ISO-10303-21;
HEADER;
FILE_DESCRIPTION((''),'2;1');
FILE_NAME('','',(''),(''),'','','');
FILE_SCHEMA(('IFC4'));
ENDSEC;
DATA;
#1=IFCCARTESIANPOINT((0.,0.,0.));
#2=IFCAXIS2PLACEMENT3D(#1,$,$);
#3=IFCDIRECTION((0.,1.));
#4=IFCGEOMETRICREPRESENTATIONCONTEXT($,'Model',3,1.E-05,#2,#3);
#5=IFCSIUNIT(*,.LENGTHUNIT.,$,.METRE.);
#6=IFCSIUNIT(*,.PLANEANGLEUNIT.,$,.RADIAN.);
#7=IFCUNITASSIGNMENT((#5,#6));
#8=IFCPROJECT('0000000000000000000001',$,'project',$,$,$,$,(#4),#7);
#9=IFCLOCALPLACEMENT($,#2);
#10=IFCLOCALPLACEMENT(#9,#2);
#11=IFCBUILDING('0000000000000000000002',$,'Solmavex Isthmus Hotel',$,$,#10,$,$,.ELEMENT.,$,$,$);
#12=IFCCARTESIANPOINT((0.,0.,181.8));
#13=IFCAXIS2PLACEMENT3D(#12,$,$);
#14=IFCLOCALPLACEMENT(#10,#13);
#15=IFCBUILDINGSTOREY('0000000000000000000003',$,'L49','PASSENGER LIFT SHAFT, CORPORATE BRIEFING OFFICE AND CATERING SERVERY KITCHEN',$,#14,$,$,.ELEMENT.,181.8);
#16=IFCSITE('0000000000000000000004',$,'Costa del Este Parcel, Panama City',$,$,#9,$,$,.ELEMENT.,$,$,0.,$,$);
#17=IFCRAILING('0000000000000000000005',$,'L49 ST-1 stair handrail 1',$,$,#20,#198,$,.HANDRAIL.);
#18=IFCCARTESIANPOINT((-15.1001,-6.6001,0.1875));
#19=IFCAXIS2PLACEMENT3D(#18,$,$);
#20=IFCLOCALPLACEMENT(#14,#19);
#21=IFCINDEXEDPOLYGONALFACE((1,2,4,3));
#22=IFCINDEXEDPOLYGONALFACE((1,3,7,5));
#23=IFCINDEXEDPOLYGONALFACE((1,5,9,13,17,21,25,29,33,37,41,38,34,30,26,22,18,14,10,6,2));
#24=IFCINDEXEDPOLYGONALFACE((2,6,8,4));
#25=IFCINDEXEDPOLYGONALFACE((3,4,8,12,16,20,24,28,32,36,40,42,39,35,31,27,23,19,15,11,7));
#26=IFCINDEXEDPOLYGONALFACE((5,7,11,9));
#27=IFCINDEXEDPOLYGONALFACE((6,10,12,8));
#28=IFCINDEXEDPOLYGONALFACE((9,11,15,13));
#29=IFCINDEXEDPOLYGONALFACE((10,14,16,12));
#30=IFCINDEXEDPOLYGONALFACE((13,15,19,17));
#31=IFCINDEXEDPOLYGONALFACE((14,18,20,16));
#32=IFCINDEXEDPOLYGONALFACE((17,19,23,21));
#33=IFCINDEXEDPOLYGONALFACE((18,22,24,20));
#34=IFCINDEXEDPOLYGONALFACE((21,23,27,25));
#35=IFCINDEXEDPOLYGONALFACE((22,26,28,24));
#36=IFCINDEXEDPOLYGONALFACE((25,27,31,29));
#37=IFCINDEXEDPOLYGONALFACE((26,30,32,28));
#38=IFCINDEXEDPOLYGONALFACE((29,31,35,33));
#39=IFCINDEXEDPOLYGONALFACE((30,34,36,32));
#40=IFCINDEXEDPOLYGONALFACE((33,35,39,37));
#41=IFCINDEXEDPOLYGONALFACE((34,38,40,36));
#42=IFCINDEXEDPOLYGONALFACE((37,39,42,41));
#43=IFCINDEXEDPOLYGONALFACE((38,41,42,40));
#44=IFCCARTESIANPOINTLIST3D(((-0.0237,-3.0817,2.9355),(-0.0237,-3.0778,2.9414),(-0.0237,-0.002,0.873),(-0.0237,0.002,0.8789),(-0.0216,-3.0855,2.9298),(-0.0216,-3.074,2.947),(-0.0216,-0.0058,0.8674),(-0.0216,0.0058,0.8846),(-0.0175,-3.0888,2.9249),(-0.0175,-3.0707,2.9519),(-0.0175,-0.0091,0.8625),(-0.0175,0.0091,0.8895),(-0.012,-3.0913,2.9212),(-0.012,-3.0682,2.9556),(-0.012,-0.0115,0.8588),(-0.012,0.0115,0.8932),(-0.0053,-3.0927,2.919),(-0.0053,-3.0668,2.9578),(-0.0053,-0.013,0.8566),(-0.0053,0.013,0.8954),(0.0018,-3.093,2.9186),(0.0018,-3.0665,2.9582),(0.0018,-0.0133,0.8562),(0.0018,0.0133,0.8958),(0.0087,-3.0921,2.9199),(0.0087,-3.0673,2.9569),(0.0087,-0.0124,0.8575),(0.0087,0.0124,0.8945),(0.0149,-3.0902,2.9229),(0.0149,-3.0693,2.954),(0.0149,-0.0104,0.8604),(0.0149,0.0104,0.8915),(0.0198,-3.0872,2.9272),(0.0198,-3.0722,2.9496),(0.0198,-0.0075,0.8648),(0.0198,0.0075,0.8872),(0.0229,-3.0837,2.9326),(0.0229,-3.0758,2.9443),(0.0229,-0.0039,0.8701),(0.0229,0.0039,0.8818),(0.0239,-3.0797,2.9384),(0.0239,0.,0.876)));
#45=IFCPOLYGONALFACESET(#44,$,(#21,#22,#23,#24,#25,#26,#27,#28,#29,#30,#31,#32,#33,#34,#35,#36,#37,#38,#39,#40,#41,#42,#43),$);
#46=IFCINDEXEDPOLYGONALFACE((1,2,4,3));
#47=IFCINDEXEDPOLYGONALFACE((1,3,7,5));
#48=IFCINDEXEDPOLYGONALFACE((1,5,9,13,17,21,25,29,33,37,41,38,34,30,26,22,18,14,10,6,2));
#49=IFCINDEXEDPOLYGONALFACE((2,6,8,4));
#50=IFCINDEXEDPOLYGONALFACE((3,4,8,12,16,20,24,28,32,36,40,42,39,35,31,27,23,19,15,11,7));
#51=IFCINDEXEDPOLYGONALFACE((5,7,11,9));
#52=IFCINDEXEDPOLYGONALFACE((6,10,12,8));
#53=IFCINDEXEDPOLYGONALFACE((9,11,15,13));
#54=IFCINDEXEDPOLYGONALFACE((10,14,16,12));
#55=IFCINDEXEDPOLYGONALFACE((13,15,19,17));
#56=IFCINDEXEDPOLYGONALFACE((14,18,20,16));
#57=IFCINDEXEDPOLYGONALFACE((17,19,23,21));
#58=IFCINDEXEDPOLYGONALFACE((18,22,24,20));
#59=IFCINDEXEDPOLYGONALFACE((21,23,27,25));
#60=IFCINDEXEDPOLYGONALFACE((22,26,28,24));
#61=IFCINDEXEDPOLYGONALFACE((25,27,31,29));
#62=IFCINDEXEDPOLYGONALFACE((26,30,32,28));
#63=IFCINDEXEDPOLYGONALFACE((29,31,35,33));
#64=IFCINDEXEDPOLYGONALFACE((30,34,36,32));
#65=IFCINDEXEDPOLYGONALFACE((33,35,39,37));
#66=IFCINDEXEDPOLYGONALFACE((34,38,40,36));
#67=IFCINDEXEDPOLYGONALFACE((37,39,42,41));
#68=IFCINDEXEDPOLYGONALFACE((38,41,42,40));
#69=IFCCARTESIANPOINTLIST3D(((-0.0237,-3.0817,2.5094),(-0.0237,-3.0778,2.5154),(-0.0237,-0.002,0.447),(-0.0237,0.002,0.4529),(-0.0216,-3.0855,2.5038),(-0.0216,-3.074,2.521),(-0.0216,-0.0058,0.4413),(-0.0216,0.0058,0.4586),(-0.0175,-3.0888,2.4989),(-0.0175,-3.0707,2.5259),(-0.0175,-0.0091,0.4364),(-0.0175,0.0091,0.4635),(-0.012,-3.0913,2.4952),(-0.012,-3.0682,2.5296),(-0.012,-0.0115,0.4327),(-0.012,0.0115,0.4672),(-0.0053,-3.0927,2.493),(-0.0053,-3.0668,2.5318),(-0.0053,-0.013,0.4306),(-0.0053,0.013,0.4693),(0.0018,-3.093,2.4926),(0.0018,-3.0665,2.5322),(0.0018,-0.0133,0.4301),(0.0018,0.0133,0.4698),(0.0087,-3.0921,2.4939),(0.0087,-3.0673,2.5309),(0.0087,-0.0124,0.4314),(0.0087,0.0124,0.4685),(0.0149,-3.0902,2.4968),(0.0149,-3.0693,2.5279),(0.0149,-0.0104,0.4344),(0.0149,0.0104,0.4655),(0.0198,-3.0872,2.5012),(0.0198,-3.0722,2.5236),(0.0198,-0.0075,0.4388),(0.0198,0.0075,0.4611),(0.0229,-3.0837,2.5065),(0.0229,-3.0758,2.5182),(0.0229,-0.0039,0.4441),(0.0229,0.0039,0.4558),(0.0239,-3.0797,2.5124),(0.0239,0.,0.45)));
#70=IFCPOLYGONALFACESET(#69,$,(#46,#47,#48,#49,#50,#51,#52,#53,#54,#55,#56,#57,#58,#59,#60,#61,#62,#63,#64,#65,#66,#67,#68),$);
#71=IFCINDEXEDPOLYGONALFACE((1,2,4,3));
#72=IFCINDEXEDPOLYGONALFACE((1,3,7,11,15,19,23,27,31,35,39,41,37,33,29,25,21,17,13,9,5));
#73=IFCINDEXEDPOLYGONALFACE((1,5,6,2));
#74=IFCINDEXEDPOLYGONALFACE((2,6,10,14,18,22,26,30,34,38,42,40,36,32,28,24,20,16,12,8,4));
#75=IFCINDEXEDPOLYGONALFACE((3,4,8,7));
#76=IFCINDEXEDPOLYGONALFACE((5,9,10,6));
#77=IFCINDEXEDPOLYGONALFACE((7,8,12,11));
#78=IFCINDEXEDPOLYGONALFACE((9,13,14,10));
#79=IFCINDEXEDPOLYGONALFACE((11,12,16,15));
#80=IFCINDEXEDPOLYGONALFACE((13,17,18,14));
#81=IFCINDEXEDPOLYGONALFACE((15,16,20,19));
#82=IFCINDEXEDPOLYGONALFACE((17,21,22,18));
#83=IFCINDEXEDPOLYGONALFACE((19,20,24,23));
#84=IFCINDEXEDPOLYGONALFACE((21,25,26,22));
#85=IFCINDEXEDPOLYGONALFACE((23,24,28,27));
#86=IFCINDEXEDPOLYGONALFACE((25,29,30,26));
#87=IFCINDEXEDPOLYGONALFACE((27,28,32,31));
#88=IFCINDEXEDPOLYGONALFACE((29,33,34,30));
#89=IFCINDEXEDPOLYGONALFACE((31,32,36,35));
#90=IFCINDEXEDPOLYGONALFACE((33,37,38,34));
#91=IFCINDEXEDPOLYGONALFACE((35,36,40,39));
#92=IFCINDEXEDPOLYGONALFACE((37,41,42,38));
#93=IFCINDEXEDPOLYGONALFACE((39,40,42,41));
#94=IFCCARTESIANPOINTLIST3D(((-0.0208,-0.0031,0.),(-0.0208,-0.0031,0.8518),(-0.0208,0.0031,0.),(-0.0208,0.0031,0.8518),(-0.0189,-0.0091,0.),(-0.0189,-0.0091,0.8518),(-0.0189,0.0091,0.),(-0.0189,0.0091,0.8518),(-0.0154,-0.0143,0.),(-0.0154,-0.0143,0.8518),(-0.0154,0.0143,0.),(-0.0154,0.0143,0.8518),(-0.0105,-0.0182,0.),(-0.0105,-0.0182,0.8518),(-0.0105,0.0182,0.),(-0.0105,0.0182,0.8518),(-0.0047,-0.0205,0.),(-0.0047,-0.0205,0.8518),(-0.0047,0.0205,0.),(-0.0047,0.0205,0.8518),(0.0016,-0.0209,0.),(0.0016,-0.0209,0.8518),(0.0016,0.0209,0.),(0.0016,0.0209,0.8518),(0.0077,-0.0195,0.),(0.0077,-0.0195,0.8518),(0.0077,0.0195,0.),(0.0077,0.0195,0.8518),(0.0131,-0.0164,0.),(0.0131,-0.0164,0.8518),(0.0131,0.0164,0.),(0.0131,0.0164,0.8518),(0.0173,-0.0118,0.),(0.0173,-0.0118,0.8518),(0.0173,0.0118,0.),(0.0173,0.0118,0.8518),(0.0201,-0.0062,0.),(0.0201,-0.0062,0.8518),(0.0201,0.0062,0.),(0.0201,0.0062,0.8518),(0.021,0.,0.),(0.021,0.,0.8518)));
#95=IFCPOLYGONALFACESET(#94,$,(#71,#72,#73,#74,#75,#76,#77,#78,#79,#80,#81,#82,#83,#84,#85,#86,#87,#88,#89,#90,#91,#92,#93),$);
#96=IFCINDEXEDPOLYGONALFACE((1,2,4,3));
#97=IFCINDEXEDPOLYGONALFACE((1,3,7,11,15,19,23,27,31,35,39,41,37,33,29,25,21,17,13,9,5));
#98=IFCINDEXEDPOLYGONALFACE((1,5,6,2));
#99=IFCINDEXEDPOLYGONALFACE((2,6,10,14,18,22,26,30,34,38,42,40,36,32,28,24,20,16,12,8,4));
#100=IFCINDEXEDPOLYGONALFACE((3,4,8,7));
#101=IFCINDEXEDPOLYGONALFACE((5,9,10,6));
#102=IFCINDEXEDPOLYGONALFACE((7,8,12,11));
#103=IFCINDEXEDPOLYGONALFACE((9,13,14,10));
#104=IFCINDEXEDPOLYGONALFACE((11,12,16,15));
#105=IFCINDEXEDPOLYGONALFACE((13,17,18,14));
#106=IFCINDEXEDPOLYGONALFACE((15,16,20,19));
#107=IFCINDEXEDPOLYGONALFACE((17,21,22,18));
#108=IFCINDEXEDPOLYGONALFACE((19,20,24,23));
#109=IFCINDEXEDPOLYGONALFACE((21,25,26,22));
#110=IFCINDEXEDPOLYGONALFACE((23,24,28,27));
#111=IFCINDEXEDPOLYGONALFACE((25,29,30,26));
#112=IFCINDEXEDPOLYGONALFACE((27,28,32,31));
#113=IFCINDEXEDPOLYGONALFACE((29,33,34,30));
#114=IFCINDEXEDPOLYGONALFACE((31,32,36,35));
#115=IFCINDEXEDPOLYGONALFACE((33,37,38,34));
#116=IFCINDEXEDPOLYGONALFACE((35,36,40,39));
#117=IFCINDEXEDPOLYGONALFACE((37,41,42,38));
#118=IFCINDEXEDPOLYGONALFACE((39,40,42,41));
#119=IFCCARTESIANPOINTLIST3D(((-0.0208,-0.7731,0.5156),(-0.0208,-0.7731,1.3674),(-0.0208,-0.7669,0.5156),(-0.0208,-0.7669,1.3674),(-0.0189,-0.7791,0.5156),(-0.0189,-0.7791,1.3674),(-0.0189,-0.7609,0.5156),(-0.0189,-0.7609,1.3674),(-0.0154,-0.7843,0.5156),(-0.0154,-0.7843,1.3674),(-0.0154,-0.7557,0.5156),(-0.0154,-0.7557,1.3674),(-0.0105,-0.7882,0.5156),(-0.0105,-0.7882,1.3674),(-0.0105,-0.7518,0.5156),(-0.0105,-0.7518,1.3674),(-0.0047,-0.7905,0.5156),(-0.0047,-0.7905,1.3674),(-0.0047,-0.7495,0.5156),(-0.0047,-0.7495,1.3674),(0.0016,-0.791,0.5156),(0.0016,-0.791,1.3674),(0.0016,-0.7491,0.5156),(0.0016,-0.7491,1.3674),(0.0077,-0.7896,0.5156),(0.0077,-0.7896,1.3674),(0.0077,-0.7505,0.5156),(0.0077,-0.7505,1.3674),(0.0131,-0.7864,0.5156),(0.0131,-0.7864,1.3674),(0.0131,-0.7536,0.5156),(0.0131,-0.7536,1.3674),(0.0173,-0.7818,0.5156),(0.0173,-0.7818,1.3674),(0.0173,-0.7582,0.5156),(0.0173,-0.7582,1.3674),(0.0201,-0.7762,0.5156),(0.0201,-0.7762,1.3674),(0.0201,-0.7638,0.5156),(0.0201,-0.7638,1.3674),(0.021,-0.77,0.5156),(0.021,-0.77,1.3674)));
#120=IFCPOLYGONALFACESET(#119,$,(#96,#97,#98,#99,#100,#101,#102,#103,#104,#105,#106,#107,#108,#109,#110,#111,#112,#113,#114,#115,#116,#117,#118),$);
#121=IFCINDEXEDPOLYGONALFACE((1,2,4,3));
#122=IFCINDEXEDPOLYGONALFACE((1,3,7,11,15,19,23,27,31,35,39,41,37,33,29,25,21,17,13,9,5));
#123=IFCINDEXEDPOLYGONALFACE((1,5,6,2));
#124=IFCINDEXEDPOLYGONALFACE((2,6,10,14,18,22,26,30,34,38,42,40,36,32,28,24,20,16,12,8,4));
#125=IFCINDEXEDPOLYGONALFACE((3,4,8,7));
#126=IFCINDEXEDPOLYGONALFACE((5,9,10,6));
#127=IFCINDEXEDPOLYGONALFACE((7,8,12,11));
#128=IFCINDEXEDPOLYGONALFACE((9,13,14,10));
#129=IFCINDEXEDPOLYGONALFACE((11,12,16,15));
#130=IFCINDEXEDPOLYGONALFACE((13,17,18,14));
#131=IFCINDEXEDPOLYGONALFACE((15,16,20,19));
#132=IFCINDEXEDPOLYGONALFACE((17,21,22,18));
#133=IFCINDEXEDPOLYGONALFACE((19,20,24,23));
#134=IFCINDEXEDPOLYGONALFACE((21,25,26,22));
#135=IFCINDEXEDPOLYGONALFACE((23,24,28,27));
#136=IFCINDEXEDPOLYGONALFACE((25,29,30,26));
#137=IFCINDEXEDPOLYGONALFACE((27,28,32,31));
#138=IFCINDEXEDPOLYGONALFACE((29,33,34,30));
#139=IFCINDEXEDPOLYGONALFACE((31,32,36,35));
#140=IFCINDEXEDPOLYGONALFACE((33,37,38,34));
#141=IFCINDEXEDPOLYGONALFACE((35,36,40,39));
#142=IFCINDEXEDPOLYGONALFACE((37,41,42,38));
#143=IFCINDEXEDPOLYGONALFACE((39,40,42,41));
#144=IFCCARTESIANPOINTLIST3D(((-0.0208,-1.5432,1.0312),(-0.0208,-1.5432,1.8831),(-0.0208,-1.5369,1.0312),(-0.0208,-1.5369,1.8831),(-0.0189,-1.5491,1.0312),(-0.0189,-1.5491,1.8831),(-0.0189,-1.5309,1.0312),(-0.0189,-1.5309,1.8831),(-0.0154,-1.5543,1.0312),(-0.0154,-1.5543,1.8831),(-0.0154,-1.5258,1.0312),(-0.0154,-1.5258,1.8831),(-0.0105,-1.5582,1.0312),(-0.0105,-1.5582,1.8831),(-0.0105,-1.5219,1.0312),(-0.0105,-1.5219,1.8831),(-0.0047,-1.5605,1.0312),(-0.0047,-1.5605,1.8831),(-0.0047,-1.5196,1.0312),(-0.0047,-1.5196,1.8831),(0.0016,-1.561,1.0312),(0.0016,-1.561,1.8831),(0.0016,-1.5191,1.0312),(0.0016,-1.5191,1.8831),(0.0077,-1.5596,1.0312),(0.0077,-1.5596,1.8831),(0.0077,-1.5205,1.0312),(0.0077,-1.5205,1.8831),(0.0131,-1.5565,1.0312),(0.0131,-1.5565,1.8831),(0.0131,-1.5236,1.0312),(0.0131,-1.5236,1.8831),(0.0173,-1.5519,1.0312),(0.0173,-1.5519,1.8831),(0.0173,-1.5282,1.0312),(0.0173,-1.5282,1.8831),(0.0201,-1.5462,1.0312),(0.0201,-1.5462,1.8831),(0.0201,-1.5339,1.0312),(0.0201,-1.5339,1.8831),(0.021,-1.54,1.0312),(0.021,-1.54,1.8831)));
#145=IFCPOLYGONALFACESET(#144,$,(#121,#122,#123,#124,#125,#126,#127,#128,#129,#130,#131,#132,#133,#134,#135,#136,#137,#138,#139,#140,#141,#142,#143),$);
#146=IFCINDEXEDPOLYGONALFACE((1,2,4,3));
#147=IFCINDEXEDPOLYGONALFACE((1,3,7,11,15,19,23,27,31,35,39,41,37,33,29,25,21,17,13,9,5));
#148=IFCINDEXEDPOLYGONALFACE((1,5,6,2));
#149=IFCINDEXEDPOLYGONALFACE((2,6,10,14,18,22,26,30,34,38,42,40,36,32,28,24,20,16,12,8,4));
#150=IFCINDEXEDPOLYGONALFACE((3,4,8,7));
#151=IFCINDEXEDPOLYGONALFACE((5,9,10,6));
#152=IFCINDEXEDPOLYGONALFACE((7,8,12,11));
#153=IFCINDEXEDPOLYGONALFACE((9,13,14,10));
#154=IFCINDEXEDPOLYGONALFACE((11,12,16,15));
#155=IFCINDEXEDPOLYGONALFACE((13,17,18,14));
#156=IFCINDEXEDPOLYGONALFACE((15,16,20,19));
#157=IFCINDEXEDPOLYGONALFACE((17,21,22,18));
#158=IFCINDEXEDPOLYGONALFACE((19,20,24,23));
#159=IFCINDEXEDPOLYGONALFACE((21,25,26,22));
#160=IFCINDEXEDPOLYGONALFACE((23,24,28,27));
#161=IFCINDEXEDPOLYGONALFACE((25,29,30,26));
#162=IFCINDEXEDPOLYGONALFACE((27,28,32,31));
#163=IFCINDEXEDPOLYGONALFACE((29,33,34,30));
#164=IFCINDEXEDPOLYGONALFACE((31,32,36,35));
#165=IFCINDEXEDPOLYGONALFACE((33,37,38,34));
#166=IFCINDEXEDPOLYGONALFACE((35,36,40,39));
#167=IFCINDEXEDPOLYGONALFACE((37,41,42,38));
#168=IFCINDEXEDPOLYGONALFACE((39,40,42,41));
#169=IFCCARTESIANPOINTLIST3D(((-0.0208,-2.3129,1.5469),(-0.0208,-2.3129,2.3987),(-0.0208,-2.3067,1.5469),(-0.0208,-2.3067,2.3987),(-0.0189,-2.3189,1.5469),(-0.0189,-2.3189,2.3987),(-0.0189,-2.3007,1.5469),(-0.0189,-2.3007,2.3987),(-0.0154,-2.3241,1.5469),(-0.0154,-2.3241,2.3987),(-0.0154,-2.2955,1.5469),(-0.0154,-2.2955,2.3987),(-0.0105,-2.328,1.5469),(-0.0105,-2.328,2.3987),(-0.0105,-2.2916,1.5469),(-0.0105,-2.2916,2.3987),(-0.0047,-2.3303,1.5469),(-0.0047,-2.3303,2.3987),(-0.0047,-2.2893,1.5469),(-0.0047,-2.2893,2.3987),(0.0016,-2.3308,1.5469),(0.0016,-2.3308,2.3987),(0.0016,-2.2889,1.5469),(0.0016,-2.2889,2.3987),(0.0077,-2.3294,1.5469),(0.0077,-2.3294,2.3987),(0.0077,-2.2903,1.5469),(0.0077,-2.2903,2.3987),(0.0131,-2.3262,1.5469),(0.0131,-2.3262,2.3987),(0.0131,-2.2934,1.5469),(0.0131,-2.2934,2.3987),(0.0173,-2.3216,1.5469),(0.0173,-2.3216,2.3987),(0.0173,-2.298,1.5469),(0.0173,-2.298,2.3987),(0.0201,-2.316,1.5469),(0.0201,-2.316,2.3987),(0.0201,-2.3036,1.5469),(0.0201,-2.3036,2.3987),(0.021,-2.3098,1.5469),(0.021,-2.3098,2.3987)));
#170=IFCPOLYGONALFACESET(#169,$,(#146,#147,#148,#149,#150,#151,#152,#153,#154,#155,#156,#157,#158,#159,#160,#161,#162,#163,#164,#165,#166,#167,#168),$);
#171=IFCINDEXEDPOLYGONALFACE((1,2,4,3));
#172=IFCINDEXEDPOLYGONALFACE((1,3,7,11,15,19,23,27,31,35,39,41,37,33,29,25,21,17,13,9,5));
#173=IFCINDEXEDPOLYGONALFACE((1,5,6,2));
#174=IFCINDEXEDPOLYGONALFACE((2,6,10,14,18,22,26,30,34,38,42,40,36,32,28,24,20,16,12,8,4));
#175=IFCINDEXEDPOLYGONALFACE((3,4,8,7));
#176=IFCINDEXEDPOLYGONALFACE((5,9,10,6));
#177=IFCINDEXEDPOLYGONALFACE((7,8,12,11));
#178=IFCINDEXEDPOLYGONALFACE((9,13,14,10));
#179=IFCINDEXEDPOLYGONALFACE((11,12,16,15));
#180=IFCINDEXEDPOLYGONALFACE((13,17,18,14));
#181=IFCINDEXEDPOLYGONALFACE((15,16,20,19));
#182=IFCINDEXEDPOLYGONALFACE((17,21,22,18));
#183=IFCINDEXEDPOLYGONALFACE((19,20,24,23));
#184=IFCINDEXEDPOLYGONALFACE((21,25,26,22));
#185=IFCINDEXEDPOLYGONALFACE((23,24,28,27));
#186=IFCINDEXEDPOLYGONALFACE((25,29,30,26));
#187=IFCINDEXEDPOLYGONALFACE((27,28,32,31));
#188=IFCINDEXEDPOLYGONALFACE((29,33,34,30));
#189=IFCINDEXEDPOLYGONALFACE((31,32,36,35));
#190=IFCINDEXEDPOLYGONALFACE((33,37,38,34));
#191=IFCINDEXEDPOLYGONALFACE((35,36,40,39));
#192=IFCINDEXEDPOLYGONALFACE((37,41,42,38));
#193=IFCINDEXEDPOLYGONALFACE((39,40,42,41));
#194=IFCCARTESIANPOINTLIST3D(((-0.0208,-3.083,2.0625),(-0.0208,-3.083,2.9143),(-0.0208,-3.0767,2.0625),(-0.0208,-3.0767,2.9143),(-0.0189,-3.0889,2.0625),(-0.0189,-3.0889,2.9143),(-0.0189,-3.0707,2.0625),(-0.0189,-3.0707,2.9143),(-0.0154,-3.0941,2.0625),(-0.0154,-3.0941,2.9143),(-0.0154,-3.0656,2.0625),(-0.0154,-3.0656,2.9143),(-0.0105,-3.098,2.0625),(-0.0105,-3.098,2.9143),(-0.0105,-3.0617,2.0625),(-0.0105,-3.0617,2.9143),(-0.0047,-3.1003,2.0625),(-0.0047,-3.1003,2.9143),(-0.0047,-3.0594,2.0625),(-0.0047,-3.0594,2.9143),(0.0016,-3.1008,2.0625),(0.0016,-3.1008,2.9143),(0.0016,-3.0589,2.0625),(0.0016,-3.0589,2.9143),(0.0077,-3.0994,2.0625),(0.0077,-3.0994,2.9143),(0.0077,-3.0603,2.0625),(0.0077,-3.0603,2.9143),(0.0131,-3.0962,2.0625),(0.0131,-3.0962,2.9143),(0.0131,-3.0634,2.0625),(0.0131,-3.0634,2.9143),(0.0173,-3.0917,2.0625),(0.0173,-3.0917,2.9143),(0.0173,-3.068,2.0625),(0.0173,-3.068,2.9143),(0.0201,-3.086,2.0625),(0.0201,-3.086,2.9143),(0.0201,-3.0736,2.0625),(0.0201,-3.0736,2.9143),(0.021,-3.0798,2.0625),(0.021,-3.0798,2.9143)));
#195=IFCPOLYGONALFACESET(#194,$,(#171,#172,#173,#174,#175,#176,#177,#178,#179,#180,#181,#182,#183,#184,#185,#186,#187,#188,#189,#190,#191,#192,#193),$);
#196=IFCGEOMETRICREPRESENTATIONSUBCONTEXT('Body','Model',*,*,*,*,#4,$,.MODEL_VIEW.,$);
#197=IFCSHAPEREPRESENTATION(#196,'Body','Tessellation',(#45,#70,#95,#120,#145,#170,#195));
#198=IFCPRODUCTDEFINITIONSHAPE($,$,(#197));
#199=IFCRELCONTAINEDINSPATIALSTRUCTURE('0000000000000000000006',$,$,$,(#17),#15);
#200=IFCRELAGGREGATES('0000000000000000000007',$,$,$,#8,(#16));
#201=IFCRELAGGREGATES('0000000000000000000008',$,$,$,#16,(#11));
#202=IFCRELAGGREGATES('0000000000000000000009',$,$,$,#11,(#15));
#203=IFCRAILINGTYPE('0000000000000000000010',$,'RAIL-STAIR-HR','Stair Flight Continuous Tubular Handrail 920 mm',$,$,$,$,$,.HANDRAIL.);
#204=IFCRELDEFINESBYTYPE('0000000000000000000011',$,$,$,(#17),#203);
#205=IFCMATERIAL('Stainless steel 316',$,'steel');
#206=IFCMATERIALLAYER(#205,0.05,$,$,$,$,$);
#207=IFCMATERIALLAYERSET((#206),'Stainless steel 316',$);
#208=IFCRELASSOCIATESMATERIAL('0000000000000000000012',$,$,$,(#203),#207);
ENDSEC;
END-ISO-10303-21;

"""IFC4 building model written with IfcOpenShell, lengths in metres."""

from ifc_helpers import new_model, si_unit, direction, frame, origin, origin_2d, place, context, subcontext, project, spatial, circle, extrude, material, layer, layer_set, type_object, element, save


model = new_model("IFC4")

# Units and contexts
model_context = context("Model", 3, precision=1e-05, world=origin(), true_north=direction((0.0, 1.0)))
body_context = subcontext(model_context, "Body", "Model", "MODEL_VIEW")
ifc_project = project(units=[si_unit("LENGTHUNIT", "METRE"), si_unit("PLANEANGLEUNIT", "RADIAN")], contexts=[model_context])

# Site, building, storey
site_placement = place(None, origin())
site = spatial("IfcSite", under=ifc_project, at=site_placement, Name="Costa del Este Parcel, Panama City", CompositionType="ELEMENT", RefElevation=0.0)
building_placement = place(site_placement, origin())
building = spatial("IfcBuilding", under=site, at=building_placement, Name="Solmavex Isthmus Hotel", CompositionType="ELEMENT")
storey_placement = place(building_placement, frame((0.0, 0.0, 181.8)))
storey = spatial("IfcBuildingStorey", under=building, at=storey_placement, Name="L49", Description="PASSENGER LIFT SHAFT, CORPORATE BRIEFING OFFICE AND CATERING SERVERY KITCHEN", CompositionType="ELEMENT", Elevation=181.8)

# Railing
ifc_material_1 = material(Name="Stainless steel 316", Category="steel")
ifc_layer_1 = layer(ifc_material_1, 0.05)
ifc_layer_set_1 = layer_set([ifc_layer_1], Name="Stainless steel 316")
railing_type_1 = type_object("IfcRailingType", Name="RAIL-STAIR-HR", Description="Stair Flight Continuous Tubular Handrail 920 mm", PredefinedType="HANDRAIL", material=ifc_layer_set_1)
railing_1_placement = place(storey_placement, frame((-15.1001, -6.6001, 0.1875)))
element("IfcRailing", 1, at=railing_1_placement, inside=storey, type_object=railing_type_1, Name="L49 ST-1 stair handrail 1", PredefinedType="HANDRAIL", context=body_context, shape_type="SweptSolid", body=[
    extrude(circle(Radius=0.0239, at=origin_2d()), frame((0.0, 0.0, 0.876), z_axis=(0.0, -0.830893, 0.556432), x_axis=(1.0, 0.0, 0.0)), (0.0, 0.0, 1.0), 3.7065),
    extrude(circle(Radius=0.0239, at=origin_2d()), frame((0.0, 0.0, 0.45), z_axis=(0.0, -0.830893, 0.556432), x_axis=(1.0, 0.0, 0.0)), (0.0, 0.0, 1.0), 3.7065),
    extrude(circle(Radius=0.021, at=origin_2d()), origin(), (0.0, 0.0, 1.0), 0.8518),
    extrude(circle(Radius=0.021, at=origin_2d()), frame((0.0, -0.77, 0.5156)), (0.0, 0.0, 1.0), 0.8518),
    extrude(circle(Radius=0.021, at=origin_2d()), frame((0.0, -1.54, 1.0312)), (0.0, 0.0, 1.0), 0.8518),
    extrude(circle(Radius=0.021, at=origin_2d()), frame((0.0, -2.3098, 1.5469)), (0.0, 0.0, 1.0), 0.8518),
    extrude(circle(Radius=0.021, at=origin_2d()), frame((0.0, -3.0798, 2.0625)), (0.0, 0.0, 1.0), 0.8518),
])

save(model, "model.ifc")
